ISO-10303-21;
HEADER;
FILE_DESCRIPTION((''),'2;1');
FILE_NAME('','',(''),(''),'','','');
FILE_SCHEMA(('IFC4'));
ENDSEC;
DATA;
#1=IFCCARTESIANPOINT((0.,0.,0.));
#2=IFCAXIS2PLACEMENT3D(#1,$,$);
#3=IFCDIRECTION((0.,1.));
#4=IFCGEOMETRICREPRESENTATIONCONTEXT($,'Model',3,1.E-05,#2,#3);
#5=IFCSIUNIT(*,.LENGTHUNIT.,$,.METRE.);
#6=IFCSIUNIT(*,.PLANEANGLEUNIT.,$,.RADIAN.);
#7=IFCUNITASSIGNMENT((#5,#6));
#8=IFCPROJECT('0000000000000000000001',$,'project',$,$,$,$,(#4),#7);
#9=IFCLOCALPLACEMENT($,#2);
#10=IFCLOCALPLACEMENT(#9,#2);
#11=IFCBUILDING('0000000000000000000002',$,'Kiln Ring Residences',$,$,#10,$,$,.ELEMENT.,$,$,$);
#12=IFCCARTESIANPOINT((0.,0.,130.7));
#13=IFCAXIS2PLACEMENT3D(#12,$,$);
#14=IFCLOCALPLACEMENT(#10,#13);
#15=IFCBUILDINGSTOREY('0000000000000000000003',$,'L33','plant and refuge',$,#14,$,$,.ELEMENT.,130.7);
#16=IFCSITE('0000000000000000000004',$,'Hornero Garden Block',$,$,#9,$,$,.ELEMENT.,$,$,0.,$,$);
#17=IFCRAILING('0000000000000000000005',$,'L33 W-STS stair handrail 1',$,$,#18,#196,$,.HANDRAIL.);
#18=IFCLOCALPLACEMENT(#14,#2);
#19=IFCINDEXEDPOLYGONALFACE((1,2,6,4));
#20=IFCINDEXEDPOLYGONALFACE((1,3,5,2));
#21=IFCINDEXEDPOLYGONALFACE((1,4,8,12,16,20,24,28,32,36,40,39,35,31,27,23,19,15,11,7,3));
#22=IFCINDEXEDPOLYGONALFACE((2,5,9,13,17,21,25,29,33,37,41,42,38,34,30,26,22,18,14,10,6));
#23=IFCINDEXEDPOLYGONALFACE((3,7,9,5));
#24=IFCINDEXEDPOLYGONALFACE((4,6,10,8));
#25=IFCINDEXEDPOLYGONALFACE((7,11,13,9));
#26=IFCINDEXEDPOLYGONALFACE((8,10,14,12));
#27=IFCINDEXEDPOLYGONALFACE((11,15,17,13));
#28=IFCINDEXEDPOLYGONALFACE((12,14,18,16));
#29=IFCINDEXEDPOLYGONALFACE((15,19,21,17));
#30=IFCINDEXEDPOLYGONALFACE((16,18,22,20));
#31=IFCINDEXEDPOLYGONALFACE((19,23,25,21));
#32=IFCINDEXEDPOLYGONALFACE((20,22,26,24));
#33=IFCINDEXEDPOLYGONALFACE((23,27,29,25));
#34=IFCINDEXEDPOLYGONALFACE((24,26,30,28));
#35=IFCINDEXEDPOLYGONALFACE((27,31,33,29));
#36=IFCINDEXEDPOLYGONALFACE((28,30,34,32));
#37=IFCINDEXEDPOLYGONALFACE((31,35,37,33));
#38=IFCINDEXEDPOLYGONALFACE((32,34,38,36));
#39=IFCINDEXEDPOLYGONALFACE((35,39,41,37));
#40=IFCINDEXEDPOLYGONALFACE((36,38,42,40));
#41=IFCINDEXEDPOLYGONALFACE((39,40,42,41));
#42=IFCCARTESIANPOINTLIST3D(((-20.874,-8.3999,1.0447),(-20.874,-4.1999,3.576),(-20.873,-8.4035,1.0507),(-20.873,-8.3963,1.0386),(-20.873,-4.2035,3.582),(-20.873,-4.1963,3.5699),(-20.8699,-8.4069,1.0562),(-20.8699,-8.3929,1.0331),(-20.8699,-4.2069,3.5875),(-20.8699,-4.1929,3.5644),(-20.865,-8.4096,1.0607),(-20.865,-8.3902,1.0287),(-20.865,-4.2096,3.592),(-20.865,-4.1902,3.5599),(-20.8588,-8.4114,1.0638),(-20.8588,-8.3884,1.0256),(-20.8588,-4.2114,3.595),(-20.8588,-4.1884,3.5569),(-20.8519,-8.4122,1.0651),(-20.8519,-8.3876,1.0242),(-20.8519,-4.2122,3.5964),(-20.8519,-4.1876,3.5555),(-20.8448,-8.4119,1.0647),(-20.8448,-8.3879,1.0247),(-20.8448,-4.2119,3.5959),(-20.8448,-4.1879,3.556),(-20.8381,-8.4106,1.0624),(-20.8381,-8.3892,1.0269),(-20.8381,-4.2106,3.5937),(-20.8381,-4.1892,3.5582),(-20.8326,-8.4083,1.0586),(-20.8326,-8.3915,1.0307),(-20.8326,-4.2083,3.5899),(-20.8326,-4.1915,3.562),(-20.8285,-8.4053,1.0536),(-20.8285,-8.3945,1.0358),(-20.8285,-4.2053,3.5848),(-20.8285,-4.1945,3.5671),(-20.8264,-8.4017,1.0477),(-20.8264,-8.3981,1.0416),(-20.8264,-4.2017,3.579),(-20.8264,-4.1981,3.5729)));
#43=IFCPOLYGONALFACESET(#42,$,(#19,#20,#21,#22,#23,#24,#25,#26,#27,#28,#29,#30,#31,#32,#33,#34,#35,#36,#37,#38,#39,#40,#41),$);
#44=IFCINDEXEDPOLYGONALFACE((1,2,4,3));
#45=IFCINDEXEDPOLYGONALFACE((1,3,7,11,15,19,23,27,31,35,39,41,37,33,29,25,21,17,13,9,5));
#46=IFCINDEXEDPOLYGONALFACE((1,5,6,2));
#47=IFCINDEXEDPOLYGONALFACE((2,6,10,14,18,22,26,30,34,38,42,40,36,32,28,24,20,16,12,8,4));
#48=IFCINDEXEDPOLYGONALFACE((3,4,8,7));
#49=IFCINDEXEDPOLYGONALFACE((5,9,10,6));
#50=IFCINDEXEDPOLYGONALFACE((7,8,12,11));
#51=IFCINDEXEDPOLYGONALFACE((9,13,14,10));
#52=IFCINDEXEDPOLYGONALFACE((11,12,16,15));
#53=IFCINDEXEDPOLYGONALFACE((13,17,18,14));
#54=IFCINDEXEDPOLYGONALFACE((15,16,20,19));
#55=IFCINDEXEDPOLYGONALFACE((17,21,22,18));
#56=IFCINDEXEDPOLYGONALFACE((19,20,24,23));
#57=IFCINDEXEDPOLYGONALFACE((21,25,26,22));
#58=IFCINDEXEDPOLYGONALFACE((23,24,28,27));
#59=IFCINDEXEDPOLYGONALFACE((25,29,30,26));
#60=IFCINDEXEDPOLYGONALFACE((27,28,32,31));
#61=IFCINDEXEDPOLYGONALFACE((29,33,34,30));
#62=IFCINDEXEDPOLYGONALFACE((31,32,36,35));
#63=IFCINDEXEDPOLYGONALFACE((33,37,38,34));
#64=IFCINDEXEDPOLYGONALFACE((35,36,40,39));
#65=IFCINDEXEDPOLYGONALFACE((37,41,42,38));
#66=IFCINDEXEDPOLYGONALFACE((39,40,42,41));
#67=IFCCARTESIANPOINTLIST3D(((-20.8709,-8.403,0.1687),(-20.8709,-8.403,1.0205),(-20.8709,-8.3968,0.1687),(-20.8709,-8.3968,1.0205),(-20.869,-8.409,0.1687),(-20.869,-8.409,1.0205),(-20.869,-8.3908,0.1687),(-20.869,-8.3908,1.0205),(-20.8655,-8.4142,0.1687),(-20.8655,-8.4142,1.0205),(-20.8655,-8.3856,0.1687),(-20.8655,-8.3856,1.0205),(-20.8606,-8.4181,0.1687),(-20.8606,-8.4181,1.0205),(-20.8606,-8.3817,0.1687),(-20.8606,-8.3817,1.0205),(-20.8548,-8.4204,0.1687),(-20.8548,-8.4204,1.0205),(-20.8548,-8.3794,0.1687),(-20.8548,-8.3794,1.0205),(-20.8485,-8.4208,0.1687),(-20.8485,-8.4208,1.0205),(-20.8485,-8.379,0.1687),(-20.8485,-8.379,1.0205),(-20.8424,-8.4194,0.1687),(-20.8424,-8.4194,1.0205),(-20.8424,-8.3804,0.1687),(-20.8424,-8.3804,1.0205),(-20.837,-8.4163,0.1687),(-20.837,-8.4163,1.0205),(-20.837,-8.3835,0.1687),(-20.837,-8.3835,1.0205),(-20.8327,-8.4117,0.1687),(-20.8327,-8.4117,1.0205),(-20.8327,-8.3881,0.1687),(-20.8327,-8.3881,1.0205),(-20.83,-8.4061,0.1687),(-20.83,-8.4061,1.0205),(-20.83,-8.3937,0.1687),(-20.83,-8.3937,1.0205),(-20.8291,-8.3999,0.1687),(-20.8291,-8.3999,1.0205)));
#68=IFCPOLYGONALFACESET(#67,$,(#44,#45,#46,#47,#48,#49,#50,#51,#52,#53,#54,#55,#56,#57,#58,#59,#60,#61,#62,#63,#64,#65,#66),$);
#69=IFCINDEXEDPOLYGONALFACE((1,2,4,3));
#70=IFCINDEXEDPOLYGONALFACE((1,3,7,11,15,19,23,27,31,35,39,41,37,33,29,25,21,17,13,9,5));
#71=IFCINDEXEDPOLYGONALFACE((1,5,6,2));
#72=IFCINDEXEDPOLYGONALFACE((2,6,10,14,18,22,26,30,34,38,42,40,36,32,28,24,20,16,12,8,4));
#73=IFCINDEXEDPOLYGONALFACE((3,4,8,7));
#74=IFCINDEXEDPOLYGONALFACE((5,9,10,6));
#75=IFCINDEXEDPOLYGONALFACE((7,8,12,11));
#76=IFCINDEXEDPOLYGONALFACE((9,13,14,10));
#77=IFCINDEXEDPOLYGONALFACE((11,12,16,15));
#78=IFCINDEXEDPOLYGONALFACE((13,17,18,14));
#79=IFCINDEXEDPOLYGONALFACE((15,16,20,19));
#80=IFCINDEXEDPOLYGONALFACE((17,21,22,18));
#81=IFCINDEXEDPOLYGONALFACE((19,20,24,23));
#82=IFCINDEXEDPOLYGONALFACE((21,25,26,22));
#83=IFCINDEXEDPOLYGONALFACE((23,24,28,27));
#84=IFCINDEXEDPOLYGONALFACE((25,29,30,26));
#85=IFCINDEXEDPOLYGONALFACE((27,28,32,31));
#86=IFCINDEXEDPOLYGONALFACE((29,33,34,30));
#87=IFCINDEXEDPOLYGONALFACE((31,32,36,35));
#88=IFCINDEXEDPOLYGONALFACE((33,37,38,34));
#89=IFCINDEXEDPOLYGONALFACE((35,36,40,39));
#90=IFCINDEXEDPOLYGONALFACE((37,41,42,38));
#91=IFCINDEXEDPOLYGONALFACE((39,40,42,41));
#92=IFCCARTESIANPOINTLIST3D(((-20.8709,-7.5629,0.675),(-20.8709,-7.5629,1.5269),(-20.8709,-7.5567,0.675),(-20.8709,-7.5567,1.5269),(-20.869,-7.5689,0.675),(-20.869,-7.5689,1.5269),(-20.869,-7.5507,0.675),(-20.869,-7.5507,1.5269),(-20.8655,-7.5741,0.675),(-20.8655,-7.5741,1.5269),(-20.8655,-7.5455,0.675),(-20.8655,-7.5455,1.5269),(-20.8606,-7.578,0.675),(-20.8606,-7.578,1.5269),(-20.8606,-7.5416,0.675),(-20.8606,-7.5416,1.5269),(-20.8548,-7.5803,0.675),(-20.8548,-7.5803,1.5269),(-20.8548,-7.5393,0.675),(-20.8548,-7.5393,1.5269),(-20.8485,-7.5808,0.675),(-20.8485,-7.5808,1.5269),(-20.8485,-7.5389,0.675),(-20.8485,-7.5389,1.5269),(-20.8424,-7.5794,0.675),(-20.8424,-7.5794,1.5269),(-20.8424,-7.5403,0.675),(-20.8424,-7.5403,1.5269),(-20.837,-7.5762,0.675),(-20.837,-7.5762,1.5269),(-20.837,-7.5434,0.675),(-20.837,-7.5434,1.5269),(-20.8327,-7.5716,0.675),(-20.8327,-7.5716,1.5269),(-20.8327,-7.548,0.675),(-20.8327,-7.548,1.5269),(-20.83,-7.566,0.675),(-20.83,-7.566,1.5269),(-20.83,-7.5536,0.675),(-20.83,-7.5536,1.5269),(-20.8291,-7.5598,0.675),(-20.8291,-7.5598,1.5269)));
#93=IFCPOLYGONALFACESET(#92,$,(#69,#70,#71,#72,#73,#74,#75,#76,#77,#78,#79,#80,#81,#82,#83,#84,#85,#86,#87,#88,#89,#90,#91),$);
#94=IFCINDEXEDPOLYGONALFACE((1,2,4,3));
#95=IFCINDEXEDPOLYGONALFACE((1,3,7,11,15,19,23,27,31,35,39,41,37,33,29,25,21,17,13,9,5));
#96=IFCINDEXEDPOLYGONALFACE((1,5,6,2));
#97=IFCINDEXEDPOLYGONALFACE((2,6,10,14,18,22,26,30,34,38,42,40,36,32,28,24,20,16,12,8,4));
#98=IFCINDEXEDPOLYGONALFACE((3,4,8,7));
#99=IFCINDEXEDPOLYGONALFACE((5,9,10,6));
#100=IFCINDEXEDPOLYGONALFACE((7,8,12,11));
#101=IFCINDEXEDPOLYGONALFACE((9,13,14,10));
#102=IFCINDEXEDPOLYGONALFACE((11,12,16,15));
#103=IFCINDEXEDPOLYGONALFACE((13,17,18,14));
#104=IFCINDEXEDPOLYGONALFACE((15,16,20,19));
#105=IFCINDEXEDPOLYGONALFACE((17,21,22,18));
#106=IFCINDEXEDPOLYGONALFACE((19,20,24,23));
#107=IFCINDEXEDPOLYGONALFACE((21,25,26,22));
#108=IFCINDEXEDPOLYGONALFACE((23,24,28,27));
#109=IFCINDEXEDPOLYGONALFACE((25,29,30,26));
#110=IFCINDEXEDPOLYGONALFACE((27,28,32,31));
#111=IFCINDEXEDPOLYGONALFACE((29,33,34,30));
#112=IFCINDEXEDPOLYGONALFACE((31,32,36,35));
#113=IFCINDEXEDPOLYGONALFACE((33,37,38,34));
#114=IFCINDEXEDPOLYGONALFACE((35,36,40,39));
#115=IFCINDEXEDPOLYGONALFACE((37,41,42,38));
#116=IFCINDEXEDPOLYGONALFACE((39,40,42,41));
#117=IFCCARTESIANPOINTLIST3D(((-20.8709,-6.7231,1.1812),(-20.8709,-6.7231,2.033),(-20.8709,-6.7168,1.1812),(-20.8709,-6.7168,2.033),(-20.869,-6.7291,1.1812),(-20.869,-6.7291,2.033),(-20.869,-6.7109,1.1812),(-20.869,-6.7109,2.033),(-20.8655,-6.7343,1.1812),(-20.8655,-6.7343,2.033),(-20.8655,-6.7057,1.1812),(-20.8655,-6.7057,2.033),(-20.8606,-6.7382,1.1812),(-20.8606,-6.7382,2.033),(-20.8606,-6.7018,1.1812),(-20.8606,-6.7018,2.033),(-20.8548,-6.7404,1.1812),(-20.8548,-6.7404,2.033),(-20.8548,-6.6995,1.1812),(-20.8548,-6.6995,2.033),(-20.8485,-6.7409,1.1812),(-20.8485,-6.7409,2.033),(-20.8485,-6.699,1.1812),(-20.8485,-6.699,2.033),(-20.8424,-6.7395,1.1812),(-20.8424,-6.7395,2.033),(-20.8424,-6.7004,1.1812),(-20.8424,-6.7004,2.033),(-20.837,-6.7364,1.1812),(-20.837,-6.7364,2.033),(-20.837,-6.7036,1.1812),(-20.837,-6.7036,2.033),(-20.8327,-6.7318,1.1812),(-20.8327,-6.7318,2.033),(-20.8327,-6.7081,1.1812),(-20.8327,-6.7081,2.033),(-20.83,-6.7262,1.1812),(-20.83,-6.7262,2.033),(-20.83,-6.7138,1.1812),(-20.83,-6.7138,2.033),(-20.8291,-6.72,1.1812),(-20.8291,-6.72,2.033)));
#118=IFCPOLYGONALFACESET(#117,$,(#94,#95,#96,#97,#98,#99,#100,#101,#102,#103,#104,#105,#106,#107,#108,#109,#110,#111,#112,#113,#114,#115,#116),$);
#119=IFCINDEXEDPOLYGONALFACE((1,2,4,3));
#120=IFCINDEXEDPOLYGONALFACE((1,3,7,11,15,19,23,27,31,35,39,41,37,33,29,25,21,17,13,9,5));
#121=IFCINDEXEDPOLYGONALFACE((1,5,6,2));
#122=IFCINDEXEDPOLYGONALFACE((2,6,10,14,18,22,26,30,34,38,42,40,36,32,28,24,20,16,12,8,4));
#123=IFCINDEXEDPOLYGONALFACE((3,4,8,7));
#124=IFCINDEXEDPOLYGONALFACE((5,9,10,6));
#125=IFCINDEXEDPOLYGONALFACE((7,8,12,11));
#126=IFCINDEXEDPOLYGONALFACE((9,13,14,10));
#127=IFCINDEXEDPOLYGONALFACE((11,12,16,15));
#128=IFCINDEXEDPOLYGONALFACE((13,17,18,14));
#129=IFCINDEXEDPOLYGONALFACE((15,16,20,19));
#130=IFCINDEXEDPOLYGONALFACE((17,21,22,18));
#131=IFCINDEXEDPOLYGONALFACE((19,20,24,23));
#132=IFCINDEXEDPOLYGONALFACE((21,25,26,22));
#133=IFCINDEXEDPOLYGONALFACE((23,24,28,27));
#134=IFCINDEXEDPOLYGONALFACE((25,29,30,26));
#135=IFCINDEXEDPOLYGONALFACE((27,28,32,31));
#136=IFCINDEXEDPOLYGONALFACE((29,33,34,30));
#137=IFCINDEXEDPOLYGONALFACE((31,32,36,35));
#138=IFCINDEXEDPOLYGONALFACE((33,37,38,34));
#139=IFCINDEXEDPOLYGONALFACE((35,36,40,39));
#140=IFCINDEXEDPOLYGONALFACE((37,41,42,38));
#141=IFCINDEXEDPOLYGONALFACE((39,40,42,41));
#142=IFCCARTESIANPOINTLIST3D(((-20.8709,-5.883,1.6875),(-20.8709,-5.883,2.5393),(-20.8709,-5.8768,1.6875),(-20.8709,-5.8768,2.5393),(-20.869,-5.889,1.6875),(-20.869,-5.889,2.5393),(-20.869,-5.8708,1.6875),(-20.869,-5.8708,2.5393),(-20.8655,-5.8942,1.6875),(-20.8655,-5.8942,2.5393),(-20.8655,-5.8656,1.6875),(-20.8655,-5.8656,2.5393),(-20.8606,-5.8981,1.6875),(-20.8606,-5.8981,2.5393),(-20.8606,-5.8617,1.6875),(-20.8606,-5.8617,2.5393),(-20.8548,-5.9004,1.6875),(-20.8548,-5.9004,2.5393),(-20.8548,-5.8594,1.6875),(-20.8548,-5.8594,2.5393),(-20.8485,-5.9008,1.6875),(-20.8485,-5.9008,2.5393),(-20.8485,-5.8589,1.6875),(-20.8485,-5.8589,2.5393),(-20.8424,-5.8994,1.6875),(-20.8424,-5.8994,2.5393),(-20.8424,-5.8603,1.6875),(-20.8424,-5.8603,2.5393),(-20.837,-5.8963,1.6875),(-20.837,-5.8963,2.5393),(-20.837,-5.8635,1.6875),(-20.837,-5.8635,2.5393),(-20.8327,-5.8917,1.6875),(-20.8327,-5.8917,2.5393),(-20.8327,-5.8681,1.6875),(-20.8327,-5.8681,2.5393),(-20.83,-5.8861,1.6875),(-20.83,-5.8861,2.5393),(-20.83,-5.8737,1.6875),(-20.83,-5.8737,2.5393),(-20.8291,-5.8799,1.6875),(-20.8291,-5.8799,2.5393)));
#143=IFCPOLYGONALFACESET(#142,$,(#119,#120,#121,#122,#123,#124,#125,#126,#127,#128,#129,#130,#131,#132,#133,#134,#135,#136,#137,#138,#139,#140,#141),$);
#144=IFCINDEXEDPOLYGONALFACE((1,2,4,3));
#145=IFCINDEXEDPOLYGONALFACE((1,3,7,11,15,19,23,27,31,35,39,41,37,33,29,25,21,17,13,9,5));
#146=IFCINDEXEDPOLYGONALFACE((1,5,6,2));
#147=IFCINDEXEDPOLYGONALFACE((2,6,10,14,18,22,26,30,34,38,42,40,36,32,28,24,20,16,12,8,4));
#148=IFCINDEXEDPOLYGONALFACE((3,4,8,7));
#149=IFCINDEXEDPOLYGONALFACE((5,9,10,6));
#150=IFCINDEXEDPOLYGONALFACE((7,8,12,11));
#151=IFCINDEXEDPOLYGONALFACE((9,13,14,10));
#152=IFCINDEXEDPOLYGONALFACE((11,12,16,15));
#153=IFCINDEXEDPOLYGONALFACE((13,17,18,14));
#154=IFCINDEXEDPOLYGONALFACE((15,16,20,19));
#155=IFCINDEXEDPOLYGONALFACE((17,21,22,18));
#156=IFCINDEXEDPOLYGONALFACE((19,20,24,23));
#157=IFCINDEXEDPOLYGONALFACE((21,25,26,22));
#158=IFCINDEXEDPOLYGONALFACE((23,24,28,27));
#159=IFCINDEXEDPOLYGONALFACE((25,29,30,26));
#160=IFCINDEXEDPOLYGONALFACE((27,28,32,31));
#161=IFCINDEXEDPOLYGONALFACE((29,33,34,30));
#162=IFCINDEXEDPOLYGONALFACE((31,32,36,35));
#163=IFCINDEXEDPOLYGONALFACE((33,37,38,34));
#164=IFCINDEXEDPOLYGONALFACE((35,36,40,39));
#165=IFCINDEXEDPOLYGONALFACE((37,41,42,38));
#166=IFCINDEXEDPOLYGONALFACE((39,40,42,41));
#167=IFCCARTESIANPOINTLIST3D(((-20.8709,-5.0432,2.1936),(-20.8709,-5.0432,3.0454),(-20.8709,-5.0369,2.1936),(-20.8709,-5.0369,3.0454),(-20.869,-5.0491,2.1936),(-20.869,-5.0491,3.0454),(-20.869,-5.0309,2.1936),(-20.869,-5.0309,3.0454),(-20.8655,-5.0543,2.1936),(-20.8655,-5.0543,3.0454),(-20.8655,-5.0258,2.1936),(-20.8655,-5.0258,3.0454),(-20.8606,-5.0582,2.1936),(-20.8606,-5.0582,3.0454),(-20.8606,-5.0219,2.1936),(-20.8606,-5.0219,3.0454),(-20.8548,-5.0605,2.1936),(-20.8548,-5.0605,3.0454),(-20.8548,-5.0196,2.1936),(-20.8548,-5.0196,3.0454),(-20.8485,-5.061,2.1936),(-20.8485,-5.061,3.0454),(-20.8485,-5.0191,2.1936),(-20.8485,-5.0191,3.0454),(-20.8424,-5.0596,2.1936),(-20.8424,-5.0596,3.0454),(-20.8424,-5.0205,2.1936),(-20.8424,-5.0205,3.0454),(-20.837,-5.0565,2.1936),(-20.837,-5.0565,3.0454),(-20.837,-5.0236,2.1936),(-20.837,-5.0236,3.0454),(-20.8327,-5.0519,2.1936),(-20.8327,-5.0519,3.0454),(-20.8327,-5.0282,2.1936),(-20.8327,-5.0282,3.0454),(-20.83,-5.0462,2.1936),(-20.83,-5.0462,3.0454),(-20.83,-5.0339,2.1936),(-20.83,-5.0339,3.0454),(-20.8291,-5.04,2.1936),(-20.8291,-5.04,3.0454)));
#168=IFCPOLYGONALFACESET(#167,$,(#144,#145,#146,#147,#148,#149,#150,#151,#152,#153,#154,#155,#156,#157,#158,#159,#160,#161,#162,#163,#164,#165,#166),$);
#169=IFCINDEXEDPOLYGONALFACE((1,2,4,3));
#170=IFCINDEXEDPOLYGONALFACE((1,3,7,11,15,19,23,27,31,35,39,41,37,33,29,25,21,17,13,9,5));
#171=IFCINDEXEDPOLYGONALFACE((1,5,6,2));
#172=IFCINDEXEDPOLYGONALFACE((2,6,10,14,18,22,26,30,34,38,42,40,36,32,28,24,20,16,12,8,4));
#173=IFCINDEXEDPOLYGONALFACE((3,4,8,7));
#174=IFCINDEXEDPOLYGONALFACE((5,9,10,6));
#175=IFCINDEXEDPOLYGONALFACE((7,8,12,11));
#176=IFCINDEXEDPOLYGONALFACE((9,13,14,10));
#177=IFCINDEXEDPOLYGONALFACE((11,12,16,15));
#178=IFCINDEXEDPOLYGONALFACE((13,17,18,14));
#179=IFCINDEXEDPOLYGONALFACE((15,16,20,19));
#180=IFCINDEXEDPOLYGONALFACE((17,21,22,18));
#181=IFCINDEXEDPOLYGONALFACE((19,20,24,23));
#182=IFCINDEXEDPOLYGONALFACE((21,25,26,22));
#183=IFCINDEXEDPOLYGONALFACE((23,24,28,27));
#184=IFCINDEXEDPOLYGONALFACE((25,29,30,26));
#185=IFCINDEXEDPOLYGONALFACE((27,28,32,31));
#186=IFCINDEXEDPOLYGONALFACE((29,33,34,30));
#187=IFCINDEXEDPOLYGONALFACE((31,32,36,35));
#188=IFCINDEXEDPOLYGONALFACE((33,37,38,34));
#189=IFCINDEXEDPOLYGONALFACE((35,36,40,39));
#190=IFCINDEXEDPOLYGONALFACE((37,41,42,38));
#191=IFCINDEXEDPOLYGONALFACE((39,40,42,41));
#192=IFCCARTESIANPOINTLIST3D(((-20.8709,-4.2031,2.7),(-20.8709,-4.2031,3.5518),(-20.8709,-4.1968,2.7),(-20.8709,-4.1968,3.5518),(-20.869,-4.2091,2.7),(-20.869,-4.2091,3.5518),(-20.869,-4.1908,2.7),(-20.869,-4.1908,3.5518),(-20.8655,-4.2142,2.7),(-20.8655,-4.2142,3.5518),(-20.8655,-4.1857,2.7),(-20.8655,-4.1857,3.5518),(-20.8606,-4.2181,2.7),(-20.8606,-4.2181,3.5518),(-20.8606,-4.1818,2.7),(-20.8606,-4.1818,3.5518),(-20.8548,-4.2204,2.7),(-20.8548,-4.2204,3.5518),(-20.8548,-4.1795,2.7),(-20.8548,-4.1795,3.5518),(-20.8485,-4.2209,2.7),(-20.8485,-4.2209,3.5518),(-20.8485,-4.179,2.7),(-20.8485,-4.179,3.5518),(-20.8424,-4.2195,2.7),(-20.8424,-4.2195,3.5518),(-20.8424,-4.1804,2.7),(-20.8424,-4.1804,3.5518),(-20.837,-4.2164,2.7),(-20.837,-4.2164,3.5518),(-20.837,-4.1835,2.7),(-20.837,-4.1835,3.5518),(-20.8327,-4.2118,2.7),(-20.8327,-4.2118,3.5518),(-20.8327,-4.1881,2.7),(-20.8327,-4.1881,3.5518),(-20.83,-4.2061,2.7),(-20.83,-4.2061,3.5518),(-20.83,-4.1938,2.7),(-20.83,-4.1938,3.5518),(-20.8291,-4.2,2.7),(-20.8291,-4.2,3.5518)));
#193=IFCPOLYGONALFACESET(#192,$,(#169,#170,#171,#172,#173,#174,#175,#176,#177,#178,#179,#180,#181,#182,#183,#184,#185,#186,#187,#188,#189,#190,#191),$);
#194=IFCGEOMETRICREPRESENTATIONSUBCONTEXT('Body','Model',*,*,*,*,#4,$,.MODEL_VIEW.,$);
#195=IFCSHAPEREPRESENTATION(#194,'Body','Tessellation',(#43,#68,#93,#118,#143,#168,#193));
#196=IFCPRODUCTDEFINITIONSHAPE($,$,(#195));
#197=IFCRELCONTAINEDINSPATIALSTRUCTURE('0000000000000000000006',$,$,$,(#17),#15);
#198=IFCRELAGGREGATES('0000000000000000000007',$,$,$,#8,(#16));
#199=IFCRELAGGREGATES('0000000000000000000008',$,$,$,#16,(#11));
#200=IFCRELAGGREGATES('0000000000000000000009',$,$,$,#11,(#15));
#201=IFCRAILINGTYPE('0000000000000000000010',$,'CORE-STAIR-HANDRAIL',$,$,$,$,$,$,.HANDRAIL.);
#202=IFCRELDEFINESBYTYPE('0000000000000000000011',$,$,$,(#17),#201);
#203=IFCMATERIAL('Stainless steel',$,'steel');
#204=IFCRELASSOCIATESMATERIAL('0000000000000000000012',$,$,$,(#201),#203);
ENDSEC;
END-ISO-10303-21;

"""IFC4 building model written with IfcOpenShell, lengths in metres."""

from ifc_helpers import new_model, si_unit, direction, frame, origin, origin_2d, place, context, subcontext, project, spatial, circle, extrude, material, type_object, element, save


model = new_model("IFC4")

# Units and contexts
model_context = context("Model", 3, precision=1e-05, world=origin(), true_north=direction((0.0, 1.0)))
body_context = subcontext(model_context, "Body", "Model", "MODEL_VIEW")
ifc_project = project(units=[si_unit("LENGTHUNIT", "METRE"), si_unit("PLANEANGLEUNIT", "RADIAN")], contexts=[model_context])

# Site, building, storey
site_placement = place(None, origin())
site = spatial("IfcSite", under=ifc_project, at=site_placement, Name="Hornero Garden Block", CompositionType="ELEMENT", RefElevation=0.0)
building_placement = place(site_placement, origin())
building = spatial("IfcBuilding", under=site, at=building_placement, Name="Kiln Ring Residences", CompositionType="ELEMENT")
storey_placement = place(building_placement, frame((0.0, 0.0, 130.7)))
storey = spatial("IfcBuildingStorey", under=building, at=storey_placement, Name="L33", Description="plant and refuge", CompositionType="ELEMENT", Elevation=130.7)

# Railing
ifc_material_1 = material(Name="Stainless steel", Category="steel")
railing_type = type_object("IfcRailingType", Name="CORE-STAIR-HANDRAIL", PredefinedType="HANDRAIL", material=ifc_material_1)
railing_placement = place(storey_placement, frame((-20.8501, -8.3999, 0.1687)))
element("IfcRailing", 1, at=railing_placement, inside=storey, type_object=railing_type, Name="L33 W-STS stair handrail 1", PredefinedType="HANDRAIL", context=body_context, shape_type="SweptSolid", body=[
    extrude(circle(Radius=0.0239, at=origin_2d()), frame((0.0, 0.0, 0.876), z_axis=(0.0, 0.856476, 0.516186), x_axis=(-1.0, 0.0, 0.0)), (0.0, 0.0, 1.0), 4.9038),
    extrude(circle(Radius=0.021, at=origin_2d()), origin(), (0.0, 0.0, 1.0), 0.8518),
    extrude(circle(Radius=0.021, at=origin_2d()), frame((0.0, 0.8401, 0.5063)), (0.0, 0.0, 1.0), 0.8518),
    extrude(circle(Radius=0.021, at=origin_2d()), frame((0.0, 1.6799, 1.0125)), (0.0, 0.0, 1.0), 0.8518),
    extrude(circle(Radius=0.021, at=origin_2d()), frame((0.0, 2.52, 1.5188)), (0.0, 0.0, 1.0), 0.8518),
    extrude(circle(Radius=0.021, at=origin_2d()), frame((0.0, 3.3599, 2.0249)), (0.0, 0.0, 1.0), 0.8518),
    extrude(circle(Radius=0.021, at=origin_2d()), frame((0.0, 4.2, 2.5312)), (0.0, 0.0, 1.0), 0.8518),
])

save(model, "model.ifc")
